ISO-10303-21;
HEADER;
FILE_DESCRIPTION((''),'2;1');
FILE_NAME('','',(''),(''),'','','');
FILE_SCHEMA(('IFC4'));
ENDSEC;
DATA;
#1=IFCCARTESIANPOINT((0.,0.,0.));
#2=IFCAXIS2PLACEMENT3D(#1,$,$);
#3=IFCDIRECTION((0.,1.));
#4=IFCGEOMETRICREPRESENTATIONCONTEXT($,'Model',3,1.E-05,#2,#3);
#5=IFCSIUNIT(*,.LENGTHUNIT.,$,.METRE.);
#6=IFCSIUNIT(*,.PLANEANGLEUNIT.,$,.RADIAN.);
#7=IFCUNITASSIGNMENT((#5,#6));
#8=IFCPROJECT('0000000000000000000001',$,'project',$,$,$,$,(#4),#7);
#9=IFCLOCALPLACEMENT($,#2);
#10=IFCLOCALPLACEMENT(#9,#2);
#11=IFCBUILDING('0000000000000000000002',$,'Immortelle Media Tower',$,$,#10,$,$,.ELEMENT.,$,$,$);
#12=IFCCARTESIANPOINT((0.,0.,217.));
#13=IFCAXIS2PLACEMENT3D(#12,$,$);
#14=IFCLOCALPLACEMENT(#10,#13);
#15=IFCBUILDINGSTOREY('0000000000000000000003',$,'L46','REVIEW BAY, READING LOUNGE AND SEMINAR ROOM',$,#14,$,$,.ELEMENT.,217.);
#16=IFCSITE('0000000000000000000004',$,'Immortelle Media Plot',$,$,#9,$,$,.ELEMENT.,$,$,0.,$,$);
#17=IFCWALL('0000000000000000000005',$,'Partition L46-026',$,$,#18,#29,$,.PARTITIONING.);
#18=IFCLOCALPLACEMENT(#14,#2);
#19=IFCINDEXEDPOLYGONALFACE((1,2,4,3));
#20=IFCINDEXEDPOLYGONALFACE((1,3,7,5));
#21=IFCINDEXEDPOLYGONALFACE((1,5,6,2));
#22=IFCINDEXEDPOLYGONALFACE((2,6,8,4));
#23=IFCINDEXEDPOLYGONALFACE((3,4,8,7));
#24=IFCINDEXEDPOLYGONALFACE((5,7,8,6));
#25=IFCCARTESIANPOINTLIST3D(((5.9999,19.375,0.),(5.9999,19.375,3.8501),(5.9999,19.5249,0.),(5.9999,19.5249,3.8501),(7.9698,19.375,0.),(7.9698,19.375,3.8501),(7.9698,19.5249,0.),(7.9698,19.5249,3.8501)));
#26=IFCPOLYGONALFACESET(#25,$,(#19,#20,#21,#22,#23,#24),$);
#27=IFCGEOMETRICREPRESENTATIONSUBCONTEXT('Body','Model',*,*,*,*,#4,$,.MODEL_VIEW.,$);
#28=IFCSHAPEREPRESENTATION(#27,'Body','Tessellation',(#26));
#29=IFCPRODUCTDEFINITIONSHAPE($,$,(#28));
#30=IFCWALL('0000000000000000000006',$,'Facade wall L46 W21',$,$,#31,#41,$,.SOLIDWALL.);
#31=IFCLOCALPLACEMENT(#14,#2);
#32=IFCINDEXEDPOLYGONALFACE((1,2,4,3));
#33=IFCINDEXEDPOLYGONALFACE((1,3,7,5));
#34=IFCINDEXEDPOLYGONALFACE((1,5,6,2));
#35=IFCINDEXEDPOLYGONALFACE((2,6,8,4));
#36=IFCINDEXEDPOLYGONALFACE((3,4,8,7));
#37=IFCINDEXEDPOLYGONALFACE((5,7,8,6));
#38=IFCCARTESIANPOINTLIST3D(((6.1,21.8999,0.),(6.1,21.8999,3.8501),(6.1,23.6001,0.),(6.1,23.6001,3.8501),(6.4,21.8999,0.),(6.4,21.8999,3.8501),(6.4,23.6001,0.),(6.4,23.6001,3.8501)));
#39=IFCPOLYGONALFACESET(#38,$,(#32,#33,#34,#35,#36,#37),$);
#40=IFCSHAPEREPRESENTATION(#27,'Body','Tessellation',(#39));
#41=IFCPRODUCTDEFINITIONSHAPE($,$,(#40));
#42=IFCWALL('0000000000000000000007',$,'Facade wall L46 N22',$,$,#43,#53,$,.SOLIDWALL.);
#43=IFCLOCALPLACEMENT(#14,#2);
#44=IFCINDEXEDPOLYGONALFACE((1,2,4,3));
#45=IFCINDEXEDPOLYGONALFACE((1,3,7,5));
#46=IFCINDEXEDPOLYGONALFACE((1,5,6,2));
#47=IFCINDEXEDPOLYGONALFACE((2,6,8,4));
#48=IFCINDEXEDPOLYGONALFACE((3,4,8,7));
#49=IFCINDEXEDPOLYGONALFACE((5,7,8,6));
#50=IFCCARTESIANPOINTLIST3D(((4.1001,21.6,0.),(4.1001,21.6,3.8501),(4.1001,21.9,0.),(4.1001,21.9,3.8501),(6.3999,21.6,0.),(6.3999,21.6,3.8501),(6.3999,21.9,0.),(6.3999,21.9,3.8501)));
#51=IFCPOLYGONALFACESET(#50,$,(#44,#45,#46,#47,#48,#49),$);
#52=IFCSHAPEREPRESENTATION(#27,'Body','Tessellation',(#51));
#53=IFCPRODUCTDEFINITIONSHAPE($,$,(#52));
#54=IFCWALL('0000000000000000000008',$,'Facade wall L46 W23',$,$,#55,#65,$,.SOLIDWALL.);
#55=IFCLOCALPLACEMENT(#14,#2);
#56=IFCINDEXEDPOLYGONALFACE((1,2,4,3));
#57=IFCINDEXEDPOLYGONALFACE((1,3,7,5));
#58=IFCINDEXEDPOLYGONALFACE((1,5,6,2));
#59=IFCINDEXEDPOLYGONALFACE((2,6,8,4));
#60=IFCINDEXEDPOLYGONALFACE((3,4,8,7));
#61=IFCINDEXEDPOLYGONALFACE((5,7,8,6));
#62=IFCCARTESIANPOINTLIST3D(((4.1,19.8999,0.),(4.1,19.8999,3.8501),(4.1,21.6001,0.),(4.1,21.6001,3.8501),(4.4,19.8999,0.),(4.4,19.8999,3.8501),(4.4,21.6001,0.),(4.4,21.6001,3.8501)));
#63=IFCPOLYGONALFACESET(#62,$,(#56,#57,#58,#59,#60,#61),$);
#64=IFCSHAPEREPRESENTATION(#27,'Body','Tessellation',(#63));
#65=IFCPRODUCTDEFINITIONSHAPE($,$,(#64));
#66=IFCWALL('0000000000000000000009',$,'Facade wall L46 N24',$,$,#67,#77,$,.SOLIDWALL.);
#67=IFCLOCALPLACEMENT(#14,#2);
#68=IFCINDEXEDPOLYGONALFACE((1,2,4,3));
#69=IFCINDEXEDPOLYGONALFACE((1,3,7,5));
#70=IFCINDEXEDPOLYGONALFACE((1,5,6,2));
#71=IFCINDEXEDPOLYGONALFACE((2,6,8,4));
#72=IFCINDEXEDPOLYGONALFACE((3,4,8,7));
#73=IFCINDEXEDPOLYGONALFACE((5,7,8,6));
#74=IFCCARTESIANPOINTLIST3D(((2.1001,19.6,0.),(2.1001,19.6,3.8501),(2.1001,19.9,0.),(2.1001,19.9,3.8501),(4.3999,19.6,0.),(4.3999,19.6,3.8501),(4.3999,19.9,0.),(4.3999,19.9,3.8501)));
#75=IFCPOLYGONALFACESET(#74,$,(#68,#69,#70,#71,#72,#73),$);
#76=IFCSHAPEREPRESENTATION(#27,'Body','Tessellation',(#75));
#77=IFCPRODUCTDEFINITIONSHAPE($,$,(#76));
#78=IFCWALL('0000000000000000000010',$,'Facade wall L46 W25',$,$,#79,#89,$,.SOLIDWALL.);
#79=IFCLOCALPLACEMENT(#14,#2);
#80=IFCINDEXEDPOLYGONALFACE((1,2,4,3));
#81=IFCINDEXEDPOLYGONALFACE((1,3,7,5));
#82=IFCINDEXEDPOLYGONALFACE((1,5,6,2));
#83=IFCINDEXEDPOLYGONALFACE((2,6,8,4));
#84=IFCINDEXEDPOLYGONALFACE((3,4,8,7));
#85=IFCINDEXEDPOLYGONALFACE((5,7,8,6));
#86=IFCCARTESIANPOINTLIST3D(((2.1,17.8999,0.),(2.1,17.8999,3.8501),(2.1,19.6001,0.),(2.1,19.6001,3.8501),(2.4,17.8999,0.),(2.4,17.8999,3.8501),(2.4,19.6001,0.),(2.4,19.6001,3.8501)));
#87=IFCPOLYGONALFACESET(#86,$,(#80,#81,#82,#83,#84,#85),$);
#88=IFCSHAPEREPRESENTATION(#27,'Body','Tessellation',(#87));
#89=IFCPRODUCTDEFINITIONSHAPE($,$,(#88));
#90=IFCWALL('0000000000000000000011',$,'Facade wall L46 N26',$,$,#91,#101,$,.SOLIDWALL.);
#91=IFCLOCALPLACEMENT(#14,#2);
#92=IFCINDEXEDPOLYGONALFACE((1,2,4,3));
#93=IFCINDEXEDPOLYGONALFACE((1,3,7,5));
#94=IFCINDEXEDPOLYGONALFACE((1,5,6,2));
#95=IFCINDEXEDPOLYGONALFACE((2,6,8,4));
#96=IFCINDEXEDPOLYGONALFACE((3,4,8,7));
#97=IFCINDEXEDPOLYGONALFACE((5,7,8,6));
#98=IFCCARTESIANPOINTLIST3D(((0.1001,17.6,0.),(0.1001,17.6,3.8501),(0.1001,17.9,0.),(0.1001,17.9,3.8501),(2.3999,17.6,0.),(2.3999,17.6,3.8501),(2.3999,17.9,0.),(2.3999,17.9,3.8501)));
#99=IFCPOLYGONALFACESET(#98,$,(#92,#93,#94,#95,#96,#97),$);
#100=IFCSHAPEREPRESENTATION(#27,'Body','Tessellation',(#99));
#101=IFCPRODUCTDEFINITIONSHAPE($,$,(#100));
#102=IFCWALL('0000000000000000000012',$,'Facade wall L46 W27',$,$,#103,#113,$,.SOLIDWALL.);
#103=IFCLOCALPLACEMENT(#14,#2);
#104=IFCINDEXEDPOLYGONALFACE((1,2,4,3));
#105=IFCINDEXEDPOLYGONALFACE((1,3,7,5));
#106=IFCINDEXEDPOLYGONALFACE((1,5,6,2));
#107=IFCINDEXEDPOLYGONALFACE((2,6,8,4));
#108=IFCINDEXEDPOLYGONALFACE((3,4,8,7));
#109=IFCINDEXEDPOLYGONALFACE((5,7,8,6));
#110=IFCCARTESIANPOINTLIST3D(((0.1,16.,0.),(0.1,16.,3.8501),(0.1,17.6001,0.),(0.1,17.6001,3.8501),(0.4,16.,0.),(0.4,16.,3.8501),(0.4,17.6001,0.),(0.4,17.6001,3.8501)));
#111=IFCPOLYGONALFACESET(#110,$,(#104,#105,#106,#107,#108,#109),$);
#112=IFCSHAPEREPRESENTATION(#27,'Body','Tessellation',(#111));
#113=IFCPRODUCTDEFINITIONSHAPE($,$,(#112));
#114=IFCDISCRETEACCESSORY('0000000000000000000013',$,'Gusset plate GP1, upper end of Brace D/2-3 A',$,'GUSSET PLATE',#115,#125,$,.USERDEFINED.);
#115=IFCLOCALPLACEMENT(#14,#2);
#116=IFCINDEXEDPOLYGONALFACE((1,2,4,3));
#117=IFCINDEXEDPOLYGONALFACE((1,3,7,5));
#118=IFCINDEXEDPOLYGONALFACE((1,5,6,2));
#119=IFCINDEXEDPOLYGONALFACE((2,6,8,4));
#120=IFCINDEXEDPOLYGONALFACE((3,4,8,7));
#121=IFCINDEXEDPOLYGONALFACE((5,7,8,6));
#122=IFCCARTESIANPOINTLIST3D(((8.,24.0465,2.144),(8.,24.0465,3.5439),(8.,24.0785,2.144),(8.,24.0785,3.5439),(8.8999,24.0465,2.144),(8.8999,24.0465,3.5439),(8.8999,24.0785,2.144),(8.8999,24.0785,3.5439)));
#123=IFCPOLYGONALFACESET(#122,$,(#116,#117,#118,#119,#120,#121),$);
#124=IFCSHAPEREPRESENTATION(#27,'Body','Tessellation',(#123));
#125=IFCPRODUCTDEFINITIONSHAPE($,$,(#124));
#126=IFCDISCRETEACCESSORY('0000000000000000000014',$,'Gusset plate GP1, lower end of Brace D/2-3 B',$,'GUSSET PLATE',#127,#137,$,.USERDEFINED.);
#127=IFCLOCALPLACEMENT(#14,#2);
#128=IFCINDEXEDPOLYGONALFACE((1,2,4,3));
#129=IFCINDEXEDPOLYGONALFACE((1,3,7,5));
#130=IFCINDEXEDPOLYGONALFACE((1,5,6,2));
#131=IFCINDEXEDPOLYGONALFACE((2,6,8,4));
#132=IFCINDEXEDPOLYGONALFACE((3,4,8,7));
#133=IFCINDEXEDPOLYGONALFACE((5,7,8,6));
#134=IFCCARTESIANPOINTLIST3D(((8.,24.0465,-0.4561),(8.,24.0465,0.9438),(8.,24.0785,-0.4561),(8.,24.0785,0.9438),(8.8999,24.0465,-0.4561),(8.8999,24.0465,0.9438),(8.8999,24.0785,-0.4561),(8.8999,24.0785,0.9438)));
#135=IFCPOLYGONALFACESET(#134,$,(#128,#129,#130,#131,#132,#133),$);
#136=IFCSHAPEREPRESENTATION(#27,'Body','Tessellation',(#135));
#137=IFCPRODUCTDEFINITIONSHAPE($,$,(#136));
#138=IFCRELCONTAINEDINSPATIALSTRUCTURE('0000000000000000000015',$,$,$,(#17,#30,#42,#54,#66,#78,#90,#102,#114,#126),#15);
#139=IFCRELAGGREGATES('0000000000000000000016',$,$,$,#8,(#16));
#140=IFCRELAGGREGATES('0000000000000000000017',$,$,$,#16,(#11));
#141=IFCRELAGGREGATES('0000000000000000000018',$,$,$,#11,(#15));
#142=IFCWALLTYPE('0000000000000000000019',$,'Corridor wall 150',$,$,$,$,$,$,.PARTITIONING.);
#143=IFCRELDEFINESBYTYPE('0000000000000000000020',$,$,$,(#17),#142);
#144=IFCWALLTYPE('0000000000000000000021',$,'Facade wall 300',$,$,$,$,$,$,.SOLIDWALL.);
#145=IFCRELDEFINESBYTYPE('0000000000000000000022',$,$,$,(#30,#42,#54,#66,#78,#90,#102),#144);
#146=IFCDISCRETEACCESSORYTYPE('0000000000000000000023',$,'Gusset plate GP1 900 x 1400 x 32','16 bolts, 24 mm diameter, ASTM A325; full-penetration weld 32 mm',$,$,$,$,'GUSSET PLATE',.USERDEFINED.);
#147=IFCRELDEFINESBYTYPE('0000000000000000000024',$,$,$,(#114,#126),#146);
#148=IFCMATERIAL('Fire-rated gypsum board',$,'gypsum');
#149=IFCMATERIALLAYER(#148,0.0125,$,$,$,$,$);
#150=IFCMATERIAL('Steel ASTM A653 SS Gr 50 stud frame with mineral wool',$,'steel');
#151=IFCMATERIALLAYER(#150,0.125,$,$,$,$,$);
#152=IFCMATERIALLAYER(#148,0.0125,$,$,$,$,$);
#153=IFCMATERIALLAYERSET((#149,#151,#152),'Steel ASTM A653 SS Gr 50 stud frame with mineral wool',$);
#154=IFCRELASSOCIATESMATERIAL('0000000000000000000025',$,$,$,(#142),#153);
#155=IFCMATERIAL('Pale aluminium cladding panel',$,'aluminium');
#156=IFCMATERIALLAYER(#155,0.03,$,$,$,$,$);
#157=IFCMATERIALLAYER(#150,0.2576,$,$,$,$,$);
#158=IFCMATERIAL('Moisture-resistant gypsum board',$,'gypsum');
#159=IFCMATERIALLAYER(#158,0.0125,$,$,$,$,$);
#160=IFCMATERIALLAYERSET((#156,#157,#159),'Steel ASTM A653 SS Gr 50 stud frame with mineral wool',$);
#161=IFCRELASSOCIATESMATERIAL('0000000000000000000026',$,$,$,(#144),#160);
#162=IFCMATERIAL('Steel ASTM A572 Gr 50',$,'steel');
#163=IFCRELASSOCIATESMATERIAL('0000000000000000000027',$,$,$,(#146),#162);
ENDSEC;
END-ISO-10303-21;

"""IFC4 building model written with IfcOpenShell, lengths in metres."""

from ifc_helpers import new_model, si_unit, direction, frame, frame_2d, origin, origin_2d, place, context, subcontext, project, spatial, rectangle, extrude, material, layer, layer_set, material_profile, profile_set, type_object, element, save


model = new_model("IFC4")

# Units and contexts
model_context = context("Model", 3, precision=1e-05, world=origin(), true_north=direction((0.0, 1.0)))
body_context = subcontext(model_context, "Body", "Model", "MODEL_VIEW")
ifc_project = project(units=[si_unit("LENGTHUNIT", "METRE"), si_unit("PLANEANGLEUNIT", "RADIAN")], contexts=[model_context])

# Site, building, storey
site_placement = place(None, origin())
site = spatial("IfcSite", under=ifc_project, at=site_placement, Name="Immortelle Media Plot", CompositionType="ELEMENT", RefElevation=0.0)
building_placement = place(site_placement, origin())
building = spatial("IfcBuilding", under=site, at=building_placement, Name="Immortelle Media Tower", CompositionType="ELEMENT")
storey_placement = place(building_placement, frame((0.0, 0.0, 217.0)))
storey = spatial("IfcBuildingStorey", under=building, at=storey_placement, Name="L46", Description="REVIEW BAY, READING LOUNGE AND SEMINAR ROOM", CompositionType="ELEMENT", Elevation=217.0)

# Walls
ifc_material_1 = material(Name="Fire-rated gypsum board", Category="gypsum")
ifc_layer_1 = layer(ifc_material_1, 0.0125)
ifc_material_2 = material(Name="Steel ASTM A653 SS Gr 50 stud frame with mineral wool", Category="steel")
ifc_layer_2 = layer(ifc_material_2, 0.125)
ifc_layer_3 = layer(ifc_material_1, 0.0125)
ifc_layer_set_1 = layer_set([ifc_layer_1, ifc_layer_2, ifc_layer_3], Name="Steel ASTM A653 SS Gr 50 stud frame with mineral wool")
wall_type_1 = type_object("IfcWallType", Name="Corridor wall 150", PredefinedType="PARTITIONING", material=ifc_layer_set_1)
wall_1_placement = place(storey_placement, frame((6.0, 19.45, 0.0), z_axis=(0.0, 0.0, 1.0), x_axis=(1.0, 0.0, 0.0)))
element("IfcWall", 1, at=wall_1_placement, inside=storey, type_object=wall_type_1, Name="Partition L46-026", PredefinedType="PARTITIONING", context=body_context, shape_type="SweptSolid", body=[
    extrude(rectangle(XDim=1.97, YDim=0.1499, at=frame_2d((0.9849, 0.0))), origin(), (0.0, 0.0, 1.0), 3.8501),
])
ifc_material_3 = material(Name="Pale aluminium cladding panel", Category="aluminium")
ifc_layer_4 = layer(ifc_material_3, 0.03)
ifc_layer_5 = layer(ifc_material_2, 0.2576)
ifc_material_4 = material(Name="Moisture-resistant gypsum board", Category="gypsum")
ifc_layer_6 = layer(ifc_material_4, 0.0125)
ifc_layer_set_2 = layer_set([ifc_layer_4, ifc_layer_5, ifc_layer_6], Name="Steel ASTM A653 SS Gr 50 stud frame with mineral wool")
wall_type_2 = type_object("IfcWallType", Name="Facade wall 300", PredefinedType="SOLIDWALL", material=ifc_layer_set_2)
wall_2_placement = place(storey_placement, frame((6.25, 23.6001, 0.0), z_axis=(0.0, 0.0, 1.0), x_axis=(0.0, -1.0, 0.0)))
element("IfcWall", 2, at=wall_2_placement, inside=storey, type_object=wall_type_2, Name="Facade wall L46 W21", PredefinedType="SOLIDWALL", context=body_context, shape_type="SweptSolid", body=[
    extrude(rectangle(XDim=1.7002, YDim=0.3, at=frame_2d((0.8501, 0.0))), origin(), (0.0, 0.0, 1.0), 3.8501),
])
wall_3_placement = place(storey_placement, frame((6.3999, 21.75, 0.0), z_axis=(0.0, 0.0, 1.0), x_axis=(-1.0, 0.0, 0.0)))
element("IfcWall", 3, at=wall_3_placement, inside=storey, type_object=wall_type_2, Name="Facade wall L46 N22", PredefinedType="SOLIDWALL", context=body_context, shape_type="SweptSolid", body=[
    extrude(rectangle(XDim=2.2998, YDim=0.3, at=frame_2d((1.1499, 0.0))), origin(), (0.0, 0.0, 1.0), 3.8501),
])
wall_4_placement = place(storey_placement, frame((4.25, 21.6001, 0.0), z_axis=(0.0, 0.0, 1.0), x_axis=(0.0, -1.0, 0.0)))
element("IfcWall", 4, at=wall_4_placement, inside=storey, type_object=wall_type_2, Name="Facade wall L46 W23", PredefinedType="SOLIDWALL", context=body_context, shape_type="SweptSolid", body=[
    extrude(rectangle(XDim=1.7002, YDim=0.3, at=frame_2d((0.8501, 0.0))), origin(), (0.0, 0.0, 1.0), 3.8501),
])
wall_5_placement = place(storey_placement, frame((4.3999, 19.75, 0.0), z_axis=(0.0, 0.0, 1.0), x_axis=(-1.0, 0.0, 0.0)))
element("IfcWall", 5, at=wall_5_placement, inside=storey, type_object=wall_type_2, Name="Facade wall L46 N24", PredefinedType="SOLIDWALL", context=body_context, shape_type="SweptSolid", body=[
    extrude(rectangle(XDim=2.2998, YDim=0.3, at=frame_2d((1.1499, 0.0))), origin(), (0.0, 0.0, 1.0), 3.8501),
])
wall_6_placement = place(storey_placement, frame((2.25, 19.6001, 0.0), z_axis=(0.0, 0.0, 1.0), x_axis=(0.0, -1.0, 0.0)))
element("IfcWall", 6, at=wall_6_placement, inside=storey, type_object=wall_type_2, Name="Facade wall L46 W25", PredefinedType="SOLIDWALL", context=body_context, shape_type="SweptSolid", body=[
    extrude(rectangle(XDim=1.7002, YDim=0.3, at=frame_2d((0.8501, 0.0))), origin(), (0.0, 0.0, 1.0), 3.8501),
])
wall_7_placement = place(storey_placement, frame((2.3999, 17.75, 0.0), z_axis=(0.0, 0.0, 1.0), x_axis=(-1.0, 0.0, 0.0)))
element("IfcWall", 7, at=wall_7_placement, inside=storey, type_object=wall_type_2, Name="Facade wall L46 N26", PredefinedType="SOLIDWALL", context=body_context, shape_type="SweptSolid", body=[
    extrude(rectangle(XDim=2.2998, YDim=0.3, at=frame_2d((1.1499, 0.0))), origin(), (0.0, 0.0, 1.0), 3.8501),
])
wall_8_placement = place(storey_placement, frame((0.25, 17.6001, 0.0), z_axis=(0.0, 0.0, 1.0), x_axis=(0.0, -1.0, 0.0)))
element("IfcWall", 8, at=wall_8_placement, inside=storey, type_object=wall_type_2, Name="Facade wall L46 W27", PredefinedType="SOLIDWALL", context=body_context, shape_type="SweptSolid", body=[
    extrude(rectangle(XDim=1.6001, YDim=0.3, at=frame_2d((0.8, 0.0))), origin(), (0.0, 0.0, 1.0), 3.8501),
])

# Discrete accessories
ifc_material_5 = material(Name="Steel ASTM A572 Gr 50", Category="steel")
ifc_material_profile_1 = material_profile(ifc_material_5, rectangle(XDim=0.032, YDim=1.3999, at=origin_2d()), Name="PL 32 x 1400")
ifc_profile_set_1 = profile_set([ifc_material_profile_1], Name="Steel ASTM A572 Gr 50")
discrete_accessory_type = type_object("IfcDiscreteAccessoryType", Name="Gusset plate GP1 900 x 1400 x 32", Description="16 bolts, 24 mm diameter, ASTM A325; full-penetration weld 32 mm", ElementType="GUSSET PLATE", PredefinedType="USERDEFINED", material=ifc_profile_set_1)
for number, where, z_axis, x_axis, name in (
    (9, (8.0, 24.0625, 2.844), (1.0, 0.0, 0.0), (0.0, 1.0, 0.0), "Gusset plate GP1, upper end of Brace D/2-3 A"),
    (10, (8.0, 24.0625, 0.2439), (1.0, 0.0, 0.0), (0.0, 1.0, 0.0), "Gusset plate GP1, lower end of Brace D/2-3 B"),
):
    element("IfcDiscreteAccessory", number, at=place(storey_placement, frame(where, z_axis=z_axis, x_axis=x_axis)), inside=storey, type_object=discrete_accessory_type, Name=name, ObjectType="GUSSET PLATE", PredefinedType="USERDEFINED", context=body_context, shape_type="SweptSolid", body=[
        extrude(rectangle(XDim=0.032, YDim=1.3999, at=origin_2d()), origin(), (0.0, 0.0, 1.0), 0.8999),
    ])

save(model, "model.ifc")
